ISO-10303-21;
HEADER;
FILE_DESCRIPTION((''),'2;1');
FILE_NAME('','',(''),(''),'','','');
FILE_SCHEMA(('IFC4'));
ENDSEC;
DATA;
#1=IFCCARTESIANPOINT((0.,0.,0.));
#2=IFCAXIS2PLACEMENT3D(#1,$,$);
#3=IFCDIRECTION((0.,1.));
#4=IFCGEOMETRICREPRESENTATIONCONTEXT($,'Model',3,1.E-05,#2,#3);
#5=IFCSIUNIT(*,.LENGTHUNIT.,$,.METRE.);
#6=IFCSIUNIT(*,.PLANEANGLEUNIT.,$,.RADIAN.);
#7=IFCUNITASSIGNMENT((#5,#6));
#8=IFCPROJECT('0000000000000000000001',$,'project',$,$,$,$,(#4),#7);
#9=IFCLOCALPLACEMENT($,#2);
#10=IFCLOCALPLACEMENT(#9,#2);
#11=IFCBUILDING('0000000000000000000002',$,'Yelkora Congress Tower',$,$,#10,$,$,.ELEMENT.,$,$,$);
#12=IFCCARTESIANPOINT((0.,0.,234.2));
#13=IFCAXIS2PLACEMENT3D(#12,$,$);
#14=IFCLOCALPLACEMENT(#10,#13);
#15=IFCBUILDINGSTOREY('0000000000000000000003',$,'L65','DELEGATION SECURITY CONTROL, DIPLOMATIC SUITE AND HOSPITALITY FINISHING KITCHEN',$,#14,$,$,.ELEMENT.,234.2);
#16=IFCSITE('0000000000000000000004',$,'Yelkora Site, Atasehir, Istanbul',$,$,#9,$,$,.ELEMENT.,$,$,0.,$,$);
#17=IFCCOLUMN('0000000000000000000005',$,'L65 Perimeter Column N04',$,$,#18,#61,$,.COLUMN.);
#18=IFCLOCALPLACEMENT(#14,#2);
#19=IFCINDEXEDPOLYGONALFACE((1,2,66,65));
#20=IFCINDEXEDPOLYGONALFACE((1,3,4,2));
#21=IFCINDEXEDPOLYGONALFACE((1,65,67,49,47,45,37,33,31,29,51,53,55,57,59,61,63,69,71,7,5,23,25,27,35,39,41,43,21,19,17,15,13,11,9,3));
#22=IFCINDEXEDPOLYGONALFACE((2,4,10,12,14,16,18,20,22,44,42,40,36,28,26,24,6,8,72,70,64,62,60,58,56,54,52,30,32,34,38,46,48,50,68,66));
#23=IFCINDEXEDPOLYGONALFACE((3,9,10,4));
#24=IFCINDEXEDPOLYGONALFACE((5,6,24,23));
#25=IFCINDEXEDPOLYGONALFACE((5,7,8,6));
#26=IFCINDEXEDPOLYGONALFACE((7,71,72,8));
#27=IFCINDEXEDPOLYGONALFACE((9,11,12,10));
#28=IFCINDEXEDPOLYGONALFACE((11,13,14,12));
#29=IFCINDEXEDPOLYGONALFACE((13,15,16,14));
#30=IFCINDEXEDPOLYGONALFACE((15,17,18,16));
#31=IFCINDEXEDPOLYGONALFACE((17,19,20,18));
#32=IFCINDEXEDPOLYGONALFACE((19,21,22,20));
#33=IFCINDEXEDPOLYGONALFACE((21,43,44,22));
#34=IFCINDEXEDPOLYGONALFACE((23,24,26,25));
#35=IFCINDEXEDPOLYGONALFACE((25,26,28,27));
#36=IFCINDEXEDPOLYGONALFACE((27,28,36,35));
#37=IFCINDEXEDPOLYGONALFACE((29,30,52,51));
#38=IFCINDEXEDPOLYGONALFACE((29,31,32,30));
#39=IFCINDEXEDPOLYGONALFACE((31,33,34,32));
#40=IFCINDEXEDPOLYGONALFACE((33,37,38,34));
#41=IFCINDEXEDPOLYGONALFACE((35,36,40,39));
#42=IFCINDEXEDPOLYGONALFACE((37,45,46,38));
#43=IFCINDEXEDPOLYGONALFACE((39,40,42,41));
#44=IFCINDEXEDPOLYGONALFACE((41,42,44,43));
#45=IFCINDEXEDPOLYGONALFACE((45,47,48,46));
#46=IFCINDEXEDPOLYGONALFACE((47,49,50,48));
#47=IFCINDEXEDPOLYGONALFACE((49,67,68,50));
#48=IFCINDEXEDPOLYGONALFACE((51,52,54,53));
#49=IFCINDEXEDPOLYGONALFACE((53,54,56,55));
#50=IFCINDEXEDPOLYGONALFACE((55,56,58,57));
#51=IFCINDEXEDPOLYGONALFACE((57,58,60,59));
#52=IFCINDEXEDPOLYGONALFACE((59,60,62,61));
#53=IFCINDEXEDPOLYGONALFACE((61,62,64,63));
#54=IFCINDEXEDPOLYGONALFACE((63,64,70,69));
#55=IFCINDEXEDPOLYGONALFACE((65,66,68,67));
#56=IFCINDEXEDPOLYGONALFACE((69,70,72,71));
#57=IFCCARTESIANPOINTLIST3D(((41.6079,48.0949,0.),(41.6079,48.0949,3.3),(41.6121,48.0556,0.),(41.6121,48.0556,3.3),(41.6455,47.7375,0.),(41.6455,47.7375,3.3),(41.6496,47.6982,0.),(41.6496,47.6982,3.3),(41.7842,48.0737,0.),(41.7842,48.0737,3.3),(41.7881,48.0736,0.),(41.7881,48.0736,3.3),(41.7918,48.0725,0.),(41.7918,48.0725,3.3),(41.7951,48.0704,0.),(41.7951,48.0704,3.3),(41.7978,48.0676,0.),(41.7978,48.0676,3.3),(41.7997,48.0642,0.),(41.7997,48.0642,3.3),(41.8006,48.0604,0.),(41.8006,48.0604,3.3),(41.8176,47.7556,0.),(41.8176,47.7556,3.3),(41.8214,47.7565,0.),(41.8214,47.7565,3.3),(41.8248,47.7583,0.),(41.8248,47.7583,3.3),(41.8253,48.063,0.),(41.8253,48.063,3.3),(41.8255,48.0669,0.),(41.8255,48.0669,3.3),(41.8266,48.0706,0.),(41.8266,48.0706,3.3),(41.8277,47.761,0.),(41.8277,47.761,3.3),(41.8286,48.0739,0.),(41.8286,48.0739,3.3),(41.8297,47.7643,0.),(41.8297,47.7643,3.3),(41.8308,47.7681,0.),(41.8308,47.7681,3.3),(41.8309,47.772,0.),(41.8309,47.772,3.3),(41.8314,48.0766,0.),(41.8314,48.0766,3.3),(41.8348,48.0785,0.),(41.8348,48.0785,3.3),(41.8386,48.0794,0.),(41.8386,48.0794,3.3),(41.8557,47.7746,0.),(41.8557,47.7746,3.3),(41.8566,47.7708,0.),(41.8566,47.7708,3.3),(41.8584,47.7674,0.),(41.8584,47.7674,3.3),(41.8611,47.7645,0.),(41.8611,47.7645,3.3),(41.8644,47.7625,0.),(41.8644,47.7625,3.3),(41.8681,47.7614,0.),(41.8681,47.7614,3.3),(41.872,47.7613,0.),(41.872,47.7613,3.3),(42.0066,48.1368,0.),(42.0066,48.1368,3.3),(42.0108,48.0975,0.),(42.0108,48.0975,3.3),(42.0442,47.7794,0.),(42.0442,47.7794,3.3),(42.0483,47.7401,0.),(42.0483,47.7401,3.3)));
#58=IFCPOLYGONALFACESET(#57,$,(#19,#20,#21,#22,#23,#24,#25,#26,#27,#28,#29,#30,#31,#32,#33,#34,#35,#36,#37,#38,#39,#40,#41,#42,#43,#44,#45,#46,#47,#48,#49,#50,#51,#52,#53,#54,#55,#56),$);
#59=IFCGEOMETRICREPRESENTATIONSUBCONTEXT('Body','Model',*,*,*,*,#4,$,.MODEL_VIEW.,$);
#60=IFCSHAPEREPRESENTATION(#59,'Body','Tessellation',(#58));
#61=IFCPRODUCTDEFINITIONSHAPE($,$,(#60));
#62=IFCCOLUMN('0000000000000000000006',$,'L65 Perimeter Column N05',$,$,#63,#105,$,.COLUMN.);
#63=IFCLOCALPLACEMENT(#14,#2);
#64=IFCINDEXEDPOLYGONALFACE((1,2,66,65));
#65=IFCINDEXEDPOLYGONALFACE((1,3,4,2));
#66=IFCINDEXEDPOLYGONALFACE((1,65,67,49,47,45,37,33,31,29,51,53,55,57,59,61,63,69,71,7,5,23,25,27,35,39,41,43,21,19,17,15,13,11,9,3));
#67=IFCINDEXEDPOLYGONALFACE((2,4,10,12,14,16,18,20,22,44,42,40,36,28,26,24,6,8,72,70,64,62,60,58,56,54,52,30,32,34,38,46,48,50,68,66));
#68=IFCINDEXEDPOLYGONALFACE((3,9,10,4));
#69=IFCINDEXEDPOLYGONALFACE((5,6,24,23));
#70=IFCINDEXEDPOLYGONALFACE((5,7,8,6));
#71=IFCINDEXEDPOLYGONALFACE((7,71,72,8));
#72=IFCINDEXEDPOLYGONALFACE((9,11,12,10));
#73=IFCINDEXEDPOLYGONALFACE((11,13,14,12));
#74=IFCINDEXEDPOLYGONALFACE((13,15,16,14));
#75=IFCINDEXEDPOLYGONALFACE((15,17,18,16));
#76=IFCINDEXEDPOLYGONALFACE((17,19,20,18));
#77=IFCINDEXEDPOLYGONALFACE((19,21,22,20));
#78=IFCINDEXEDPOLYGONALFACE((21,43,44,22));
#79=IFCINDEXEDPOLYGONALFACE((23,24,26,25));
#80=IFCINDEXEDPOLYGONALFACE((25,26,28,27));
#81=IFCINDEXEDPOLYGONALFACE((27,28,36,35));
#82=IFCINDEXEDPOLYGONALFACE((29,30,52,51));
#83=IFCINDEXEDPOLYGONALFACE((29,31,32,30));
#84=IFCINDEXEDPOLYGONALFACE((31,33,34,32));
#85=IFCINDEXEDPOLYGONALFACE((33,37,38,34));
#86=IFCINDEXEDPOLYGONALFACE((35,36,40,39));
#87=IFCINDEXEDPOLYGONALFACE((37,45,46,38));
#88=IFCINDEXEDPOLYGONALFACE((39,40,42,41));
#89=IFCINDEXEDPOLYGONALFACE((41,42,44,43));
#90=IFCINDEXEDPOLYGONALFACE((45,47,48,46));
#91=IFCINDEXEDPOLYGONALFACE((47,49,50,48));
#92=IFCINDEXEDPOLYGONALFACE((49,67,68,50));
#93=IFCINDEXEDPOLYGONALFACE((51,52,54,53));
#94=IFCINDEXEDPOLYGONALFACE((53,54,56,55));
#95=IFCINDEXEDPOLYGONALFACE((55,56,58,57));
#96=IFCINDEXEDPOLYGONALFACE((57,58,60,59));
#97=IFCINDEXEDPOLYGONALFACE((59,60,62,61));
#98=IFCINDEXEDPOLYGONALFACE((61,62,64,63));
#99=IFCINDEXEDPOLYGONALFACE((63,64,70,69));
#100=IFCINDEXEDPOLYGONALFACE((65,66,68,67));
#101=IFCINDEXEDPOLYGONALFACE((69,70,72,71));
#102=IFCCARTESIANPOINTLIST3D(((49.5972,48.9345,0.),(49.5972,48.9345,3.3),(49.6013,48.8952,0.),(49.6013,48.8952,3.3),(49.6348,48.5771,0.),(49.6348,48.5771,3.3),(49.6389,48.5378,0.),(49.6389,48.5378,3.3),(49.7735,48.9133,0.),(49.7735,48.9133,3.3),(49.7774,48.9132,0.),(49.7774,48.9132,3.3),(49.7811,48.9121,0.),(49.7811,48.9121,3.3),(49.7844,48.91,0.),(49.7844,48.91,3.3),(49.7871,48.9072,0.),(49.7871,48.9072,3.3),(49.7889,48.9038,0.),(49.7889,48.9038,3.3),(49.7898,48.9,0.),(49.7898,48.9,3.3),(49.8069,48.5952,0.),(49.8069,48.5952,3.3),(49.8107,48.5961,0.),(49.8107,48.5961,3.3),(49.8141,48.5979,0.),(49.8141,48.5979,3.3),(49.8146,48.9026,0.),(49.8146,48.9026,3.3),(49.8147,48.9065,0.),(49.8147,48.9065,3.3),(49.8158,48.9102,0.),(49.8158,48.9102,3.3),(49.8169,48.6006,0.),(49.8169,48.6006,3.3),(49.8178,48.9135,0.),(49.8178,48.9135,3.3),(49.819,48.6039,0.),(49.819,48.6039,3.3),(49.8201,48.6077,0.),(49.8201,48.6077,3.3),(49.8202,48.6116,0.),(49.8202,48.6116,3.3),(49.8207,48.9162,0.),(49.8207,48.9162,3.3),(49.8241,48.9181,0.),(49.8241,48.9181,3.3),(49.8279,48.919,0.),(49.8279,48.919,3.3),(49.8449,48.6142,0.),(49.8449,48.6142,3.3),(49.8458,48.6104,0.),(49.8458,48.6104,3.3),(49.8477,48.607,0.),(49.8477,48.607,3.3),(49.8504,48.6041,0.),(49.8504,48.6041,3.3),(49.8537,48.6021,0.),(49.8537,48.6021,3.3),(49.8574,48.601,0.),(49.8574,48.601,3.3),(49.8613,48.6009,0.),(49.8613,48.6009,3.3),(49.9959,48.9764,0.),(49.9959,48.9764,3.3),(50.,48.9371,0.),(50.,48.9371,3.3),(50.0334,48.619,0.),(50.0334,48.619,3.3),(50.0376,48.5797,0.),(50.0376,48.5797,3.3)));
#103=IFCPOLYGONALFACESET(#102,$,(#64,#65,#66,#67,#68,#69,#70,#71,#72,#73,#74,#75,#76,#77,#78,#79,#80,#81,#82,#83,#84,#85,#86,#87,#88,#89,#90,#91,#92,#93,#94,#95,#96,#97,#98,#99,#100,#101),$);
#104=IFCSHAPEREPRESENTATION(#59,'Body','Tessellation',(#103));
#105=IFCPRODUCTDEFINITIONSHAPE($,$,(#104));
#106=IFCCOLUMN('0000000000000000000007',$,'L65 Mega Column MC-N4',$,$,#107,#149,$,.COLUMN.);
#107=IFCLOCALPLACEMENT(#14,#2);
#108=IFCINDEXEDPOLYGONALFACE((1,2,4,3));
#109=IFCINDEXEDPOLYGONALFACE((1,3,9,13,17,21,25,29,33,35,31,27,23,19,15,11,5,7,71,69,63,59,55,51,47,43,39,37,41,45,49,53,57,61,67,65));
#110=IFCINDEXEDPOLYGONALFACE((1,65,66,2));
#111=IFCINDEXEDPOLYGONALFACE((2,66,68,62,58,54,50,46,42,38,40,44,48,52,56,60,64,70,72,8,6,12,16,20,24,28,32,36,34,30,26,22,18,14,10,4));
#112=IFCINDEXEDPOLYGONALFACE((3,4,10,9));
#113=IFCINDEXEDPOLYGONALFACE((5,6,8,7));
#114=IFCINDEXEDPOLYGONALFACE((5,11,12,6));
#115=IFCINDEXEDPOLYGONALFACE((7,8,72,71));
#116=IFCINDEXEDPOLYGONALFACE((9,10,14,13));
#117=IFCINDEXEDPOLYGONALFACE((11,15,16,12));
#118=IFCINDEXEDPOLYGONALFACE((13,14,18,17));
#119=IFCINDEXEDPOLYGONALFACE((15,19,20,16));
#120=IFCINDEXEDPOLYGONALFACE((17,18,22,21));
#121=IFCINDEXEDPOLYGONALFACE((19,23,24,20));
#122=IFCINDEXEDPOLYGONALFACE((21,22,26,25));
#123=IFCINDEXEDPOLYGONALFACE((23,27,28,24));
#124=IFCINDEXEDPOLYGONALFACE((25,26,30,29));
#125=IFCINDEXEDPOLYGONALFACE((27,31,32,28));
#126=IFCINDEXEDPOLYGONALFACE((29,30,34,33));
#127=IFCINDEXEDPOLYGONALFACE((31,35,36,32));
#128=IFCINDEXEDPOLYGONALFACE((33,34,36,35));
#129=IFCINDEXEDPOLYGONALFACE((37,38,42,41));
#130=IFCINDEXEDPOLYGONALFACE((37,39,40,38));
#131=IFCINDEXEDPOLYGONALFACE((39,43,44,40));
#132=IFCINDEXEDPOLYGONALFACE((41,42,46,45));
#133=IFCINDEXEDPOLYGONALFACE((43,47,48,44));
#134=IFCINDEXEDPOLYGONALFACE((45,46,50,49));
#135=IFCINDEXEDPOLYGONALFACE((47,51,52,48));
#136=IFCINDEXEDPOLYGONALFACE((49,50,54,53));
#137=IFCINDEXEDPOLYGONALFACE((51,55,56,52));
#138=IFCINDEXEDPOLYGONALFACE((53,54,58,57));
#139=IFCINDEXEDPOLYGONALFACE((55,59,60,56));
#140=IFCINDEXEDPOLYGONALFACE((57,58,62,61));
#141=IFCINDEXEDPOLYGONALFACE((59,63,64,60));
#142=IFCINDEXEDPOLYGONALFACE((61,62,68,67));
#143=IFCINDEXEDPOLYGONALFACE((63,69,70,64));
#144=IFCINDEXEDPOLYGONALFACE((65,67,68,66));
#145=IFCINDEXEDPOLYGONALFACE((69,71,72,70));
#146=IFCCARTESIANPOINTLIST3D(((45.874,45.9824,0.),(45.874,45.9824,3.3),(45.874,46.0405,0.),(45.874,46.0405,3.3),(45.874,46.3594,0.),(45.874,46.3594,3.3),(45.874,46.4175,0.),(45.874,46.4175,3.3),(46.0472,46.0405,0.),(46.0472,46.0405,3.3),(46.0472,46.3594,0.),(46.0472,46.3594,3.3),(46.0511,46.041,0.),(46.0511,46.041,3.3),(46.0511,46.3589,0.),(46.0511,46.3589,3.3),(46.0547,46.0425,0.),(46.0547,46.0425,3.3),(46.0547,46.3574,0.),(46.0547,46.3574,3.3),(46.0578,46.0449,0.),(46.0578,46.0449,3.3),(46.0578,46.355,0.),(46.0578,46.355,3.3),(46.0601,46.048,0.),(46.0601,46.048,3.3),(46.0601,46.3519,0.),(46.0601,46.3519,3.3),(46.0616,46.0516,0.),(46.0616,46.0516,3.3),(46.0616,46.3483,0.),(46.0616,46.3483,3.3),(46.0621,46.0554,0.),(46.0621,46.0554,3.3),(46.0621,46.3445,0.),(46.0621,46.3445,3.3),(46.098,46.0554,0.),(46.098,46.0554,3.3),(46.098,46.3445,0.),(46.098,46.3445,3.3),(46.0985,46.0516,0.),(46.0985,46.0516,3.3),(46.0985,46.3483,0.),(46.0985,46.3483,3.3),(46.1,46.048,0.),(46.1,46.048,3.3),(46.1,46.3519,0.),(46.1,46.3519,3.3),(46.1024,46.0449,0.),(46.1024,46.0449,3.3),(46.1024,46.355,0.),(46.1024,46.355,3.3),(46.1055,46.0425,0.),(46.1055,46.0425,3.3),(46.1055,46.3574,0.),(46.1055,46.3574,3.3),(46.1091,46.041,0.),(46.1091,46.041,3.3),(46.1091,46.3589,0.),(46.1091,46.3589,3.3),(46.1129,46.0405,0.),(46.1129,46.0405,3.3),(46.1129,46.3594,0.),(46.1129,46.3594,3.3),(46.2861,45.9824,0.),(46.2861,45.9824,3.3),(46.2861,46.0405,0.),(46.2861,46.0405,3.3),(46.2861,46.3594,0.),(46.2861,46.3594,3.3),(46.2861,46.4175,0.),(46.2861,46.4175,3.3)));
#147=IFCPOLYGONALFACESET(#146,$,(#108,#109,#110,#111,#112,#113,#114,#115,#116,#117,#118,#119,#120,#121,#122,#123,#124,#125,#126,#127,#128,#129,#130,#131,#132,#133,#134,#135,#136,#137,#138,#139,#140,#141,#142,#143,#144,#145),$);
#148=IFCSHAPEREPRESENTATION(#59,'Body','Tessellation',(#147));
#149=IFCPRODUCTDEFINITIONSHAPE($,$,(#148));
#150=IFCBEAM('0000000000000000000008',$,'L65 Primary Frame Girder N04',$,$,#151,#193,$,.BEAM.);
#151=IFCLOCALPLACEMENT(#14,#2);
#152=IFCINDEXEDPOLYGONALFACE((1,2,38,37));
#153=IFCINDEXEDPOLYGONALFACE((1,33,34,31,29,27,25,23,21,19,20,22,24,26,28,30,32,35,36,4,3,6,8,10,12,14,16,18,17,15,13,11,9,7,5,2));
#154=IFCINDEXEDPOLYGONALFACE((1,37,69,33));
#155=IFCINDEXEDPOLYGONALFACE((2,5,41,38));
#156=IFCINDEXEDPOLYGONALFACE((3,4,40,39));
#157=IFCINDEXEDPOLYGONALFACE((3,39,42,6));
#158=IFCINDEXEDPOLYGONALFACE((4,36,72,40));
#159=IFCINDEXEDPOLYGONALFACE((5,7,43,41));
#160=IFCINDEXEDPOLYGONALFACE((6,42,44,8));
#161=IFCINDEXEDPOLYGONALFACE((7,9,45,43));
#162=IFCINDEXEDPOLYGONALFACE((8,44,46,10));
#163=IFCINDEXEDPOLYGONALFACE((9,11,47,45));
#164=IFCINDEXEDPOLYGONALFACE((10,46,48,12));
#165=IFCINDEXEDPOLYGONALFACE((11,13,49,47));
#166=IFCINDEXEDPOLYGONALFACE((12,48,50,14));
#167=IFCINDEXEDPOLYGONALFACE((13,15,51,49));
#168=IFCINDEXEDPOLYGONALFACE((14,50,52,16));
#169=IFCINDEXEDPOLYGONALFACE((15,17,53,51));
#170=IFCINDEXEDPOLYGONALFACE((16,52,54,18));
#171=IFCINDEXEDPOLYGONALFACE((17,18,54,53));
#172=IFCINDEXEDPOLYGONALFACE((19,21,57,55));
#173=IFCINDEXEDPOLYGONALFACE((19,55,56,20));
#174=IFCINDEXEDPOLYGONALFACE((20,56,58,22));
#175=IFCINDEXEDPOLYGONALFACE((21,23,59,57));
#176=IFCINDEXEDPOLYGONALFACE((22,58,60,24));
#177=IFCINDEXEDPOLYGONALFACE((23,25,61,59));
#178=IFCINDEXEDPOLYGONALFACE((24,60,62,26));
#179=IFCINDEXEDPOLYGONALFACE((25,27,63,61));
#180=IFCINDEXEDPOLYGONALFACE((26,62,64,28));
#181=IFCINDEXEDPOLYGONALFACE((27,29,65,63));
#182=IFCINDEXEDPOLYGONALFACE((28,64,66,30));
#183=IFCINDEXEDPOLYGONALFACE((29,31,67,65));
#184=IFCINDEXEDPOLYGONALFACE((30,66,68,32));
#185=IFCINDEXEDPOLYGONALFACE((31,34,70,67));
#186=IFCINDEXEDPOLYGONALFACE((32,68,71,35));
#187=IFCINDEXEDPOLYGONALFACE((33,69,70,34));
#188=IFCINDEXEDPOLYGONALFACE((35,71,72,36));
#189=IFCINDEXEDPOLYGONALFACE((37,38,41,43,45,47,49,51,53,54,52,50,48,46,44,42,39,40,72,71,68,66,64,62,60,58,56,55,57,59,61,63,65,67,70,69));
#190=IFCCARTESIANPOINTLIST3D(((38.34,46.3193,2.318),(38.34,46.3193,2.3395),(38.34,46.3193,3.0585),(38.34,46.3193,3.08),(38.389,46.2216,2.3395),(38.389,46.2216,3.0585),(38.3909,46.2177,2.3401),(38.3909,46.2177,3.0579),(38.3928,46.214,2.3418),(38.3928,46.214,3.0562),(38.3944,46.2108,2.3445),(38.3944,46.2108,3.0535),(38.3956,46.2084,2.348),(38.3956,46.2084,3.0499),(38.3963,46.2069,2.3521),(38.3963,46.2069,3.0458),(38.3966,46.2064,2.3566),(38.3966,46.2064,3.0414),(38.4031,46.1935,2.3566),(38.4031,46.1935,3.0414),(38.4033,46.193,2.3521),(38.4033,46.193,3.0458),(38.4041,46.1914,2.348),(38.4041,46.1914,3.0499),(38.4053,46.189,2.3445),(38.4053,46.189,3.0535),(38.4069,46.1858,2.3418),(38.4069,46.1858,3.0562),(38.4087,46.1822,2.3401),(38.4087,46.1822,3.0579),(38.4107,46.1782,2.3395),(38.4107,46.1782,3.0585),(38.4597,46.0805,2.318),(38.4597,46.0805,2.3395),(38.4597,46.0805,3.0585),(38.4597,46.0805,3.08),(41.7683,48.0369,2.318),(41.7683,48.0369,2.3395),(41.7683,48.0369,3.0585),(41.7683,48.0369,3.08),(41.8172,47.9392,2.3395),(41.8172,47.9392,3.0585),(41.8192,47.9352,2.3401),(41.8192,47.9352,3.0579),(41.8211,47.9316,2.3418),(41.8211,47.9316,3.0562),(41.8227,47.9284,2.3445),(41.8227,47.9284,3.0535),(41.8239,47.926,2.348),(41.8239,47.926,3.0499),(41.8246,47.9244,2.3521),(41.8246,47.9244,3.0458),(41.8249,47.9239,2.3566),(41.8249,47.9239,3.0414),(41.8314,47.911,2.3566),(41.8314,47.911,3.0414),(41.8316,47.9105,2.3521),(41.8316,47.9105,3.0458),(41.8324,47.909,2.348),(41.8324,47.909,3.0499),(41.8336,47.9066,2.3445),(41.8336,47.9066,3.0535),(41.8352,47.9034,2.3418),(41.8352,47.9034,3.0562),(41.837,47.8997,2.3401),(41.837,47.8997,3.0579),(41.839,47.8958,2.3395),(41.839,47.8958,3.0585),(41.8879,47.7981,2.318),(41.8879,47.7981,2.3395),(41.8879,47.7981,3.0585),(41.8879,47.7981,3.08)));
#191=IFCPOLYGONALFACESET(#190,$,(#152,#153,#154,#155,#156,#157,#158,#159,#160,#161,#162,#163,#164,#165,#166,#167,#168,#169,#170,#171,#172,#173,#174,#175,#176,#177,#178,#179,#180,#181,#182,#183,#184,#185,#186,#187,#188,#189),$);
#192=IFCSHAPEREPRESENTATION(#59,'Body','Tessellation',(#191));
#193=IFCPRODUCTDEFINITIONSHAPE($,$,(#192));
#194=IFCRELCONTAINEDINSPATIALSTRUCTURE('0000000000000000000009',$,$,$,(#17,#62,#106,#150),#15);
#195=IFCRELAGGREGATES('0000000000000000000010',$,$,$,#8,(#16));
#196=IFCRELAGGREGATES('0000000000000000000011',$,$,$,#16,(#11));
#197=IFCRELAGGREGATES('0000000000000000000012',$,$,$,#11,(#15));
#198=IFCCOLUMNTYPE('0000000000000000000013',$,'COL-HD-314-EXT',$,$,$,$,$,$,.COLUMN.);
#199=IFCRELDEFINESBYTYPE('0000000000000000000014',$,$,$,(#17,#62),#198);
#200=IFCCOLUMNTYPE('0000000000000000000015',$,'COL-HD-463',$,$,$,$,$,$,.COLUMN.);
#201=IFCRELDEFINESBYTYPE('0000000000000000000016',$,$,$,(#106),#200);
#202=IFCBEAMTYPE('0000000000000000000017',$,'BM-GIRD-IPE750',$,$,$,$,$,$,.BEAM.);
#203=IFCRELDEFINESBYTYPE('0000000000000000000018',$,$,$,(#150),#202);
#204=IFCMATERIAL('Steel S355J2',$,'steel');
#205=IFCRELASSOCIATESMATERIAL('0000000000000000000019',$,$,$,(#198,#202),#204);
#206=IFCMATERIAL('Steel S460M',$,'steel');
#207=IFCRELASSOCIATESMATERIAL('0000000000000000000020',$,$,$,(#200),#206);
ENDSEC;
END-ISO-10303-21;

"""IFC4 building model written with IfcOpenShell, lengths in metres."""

from ifc_helpers import new_model, si_unit, direction, frame, origin, origin_2d, place, context, subcontext, project, spatial, i_section, extrude, material, material_profile, profile_set, type_object, element, save


model = new_model("IFC4")

# Units and contexts
model_context = context("Model", 3, precision=1e-05, world=origin(), true_north=direction((0.0, 1.0)))
body_context = subcontext(model_context, "Body", "Model", "MODEL_VIEW")
ifc_project = project(units=[si_unit("LENGTHUNIT", "METRE"), si_unit("PLANEANGLEUNIT", "RADIAN")], contexts=[model_context])

# Site, building, storey
site_placement = place(None, origin())
site = spatial("IfcSite", under=ifc_project, at=site_placement, Name="Yelkora Site, Atasehir, Istanbul", CompositionType="ELEMENT", RefElevation=0.0)
building_placement = place(site_placement, origin())
building = spatial("IfcBuilding", under=site, at=building_placement, Name="Yelkora Congress Tower", CompositionType="ELEMENT")
storey_placement = place(building_placement, frame((0.0, 0.0, 234.2)))
storey = spatial("IfcBuildingStorey", under=building, at=storey_placement, Name="L65", Description="DELEGATION SECURITY CONTROL, DIPLOMATIC SUITE AND HOSPITALITY FINISHING KITCHEN", CompositionType="ELEMENT", Elevation=234.2)

# Columns
ifc_material_1 = material(Name="Steel S355J2", Category="steel")
ifc_material_profile_1 = material_profile(ifc_material_1, i_section(OverallWidth=0.4009, OverallDepth=0.3989, WebThickness=0.0249, FlangeThickness=0.0396, FilletRadius=0.0149, at=origin_2d()), Name="HD 400x314")
ifc_profile_set_1 = profile_set([ifc_material_profile_1], Name="Steel S355J2")
column_type_1 = type_object("IfcColumnType", Name="COL-HD-314-EXT", PredefinedType="COLUMN", material=ifc_profile_set_1)
for number, where, z_axis, x_axis, name in (
    (1, (41.8281, 47.9175, 0.0), (0.0, 0.0, 1.0), (0.994522, 0.104528, 0.0), "L65 Perimeter Column N04"),
    (2, (49.8174, 48.7571, 0.0), (0.0, 0.0, 1.0), (0.994522, 0.104528, 0.0), "L65 Perimeter Column N05"),
):
    element("IfcColumn", number, at=place(storey_placement, frame(where, z_axis=z_axis, x_axis=x_axis)), inside=storey, type_object=column_type_1, Name=name, PredefinedType="COLUMN", context=body_context, shape_type="SweptSolid", body=[
        extrude(i_section(OverallWidth=0.4009, OverallDepth=0.3989, WebThickness=0.0249, FlangeThickness=0.0396, FilletRadius=0.0149, at=origin_2d()), origin(), (0.0, 0.0, 1.0), 3.3),
    ])
ifc_material_2 = material(Name="Steel S460M", Category="steel")
ifc_material_profile_2 = material_profile(ifc_material_2, i_section(OverallWidth=0.4121, OverallDepth=0.4351, WebThickness=0.0359, FlangeThickness=0.0581, FilletRadius=0.0149, at=origin_2d()), Name="HD 400x463")
ifc_profile_set_2 = profile_set([ifc_material_profile_2], Name="Steel S460M")
column_type_2 = type_object("IfcColumnType", Name="COL-HD-463", PredefinedType="COLUMN", material=ifc_profile_set_2)
column_placement = place(storey_placement, frame((46.0801, 46.2, 0.0), z_axis=(0.0, 0.0, 1.0), x_axis=(1.0, 0.0, 0.0)))
element("IfcColumn", 3, at=column_placement, inside=storey, type_object=column_type_2, Name="L65 Mega Column MC-N4", PredefinedType="COLUMN", context=body_context, shape_type="SweptSolid", body=[
    extrude(i_section(OverallWidth=0.4121, OverallDepth=0.4351, WebThickness=0.0359, FlangeThickness=0.0581, FilletRadius=0.0149, at=origin_2d()), origin(), (0.0, 0.0, 1.0), 3.3),
])

# Beam
ifc_material_profile_3 = material_profile(ifc_material_1, i_section(OverallWidth=0.2671, OverallDepth=0.762, WebThickness=0.0144, FlangeThickness=0.0215, FilletRadius=0.0171, at=origin_2d()), Name="IPE 750x173")
ifc_profile_set_3 = profile_set([ifc_material_profile_3], Name="Steel S355J2")
beam_type_1 = type_object("IfcBeamType", Name="BM-GIRD-IPE750", PredefinedType="BEAM", material=ifc_profile_set_3)
beam_1_placement = place(storey_placement, frame((41.8281, 47.9175, 2.699), z_axis=(-0.89407, -0.447927, 0.0), x_axis=(0.447927, -0.89407, 0.0)))
element("IfcBeam", 4, at=beam_1_placement, inside=storey, type_object=beam_type_1, Name="L65 Primary Frame Girder N04", PredefinedType="BEAM", context=body_context, shape_type="SweptSolid", body=[
    extrude(i_section(OverallWidth=0.2671, OverallDepth=0.762, WebThickness=0.0144, FlangeThickness=0.0215, FilletRadius=0.0171, at=origin_2d()), origin(), (0.0, 0.0, 1.0), 3.8345),
])

save(model, "model.ifc")
